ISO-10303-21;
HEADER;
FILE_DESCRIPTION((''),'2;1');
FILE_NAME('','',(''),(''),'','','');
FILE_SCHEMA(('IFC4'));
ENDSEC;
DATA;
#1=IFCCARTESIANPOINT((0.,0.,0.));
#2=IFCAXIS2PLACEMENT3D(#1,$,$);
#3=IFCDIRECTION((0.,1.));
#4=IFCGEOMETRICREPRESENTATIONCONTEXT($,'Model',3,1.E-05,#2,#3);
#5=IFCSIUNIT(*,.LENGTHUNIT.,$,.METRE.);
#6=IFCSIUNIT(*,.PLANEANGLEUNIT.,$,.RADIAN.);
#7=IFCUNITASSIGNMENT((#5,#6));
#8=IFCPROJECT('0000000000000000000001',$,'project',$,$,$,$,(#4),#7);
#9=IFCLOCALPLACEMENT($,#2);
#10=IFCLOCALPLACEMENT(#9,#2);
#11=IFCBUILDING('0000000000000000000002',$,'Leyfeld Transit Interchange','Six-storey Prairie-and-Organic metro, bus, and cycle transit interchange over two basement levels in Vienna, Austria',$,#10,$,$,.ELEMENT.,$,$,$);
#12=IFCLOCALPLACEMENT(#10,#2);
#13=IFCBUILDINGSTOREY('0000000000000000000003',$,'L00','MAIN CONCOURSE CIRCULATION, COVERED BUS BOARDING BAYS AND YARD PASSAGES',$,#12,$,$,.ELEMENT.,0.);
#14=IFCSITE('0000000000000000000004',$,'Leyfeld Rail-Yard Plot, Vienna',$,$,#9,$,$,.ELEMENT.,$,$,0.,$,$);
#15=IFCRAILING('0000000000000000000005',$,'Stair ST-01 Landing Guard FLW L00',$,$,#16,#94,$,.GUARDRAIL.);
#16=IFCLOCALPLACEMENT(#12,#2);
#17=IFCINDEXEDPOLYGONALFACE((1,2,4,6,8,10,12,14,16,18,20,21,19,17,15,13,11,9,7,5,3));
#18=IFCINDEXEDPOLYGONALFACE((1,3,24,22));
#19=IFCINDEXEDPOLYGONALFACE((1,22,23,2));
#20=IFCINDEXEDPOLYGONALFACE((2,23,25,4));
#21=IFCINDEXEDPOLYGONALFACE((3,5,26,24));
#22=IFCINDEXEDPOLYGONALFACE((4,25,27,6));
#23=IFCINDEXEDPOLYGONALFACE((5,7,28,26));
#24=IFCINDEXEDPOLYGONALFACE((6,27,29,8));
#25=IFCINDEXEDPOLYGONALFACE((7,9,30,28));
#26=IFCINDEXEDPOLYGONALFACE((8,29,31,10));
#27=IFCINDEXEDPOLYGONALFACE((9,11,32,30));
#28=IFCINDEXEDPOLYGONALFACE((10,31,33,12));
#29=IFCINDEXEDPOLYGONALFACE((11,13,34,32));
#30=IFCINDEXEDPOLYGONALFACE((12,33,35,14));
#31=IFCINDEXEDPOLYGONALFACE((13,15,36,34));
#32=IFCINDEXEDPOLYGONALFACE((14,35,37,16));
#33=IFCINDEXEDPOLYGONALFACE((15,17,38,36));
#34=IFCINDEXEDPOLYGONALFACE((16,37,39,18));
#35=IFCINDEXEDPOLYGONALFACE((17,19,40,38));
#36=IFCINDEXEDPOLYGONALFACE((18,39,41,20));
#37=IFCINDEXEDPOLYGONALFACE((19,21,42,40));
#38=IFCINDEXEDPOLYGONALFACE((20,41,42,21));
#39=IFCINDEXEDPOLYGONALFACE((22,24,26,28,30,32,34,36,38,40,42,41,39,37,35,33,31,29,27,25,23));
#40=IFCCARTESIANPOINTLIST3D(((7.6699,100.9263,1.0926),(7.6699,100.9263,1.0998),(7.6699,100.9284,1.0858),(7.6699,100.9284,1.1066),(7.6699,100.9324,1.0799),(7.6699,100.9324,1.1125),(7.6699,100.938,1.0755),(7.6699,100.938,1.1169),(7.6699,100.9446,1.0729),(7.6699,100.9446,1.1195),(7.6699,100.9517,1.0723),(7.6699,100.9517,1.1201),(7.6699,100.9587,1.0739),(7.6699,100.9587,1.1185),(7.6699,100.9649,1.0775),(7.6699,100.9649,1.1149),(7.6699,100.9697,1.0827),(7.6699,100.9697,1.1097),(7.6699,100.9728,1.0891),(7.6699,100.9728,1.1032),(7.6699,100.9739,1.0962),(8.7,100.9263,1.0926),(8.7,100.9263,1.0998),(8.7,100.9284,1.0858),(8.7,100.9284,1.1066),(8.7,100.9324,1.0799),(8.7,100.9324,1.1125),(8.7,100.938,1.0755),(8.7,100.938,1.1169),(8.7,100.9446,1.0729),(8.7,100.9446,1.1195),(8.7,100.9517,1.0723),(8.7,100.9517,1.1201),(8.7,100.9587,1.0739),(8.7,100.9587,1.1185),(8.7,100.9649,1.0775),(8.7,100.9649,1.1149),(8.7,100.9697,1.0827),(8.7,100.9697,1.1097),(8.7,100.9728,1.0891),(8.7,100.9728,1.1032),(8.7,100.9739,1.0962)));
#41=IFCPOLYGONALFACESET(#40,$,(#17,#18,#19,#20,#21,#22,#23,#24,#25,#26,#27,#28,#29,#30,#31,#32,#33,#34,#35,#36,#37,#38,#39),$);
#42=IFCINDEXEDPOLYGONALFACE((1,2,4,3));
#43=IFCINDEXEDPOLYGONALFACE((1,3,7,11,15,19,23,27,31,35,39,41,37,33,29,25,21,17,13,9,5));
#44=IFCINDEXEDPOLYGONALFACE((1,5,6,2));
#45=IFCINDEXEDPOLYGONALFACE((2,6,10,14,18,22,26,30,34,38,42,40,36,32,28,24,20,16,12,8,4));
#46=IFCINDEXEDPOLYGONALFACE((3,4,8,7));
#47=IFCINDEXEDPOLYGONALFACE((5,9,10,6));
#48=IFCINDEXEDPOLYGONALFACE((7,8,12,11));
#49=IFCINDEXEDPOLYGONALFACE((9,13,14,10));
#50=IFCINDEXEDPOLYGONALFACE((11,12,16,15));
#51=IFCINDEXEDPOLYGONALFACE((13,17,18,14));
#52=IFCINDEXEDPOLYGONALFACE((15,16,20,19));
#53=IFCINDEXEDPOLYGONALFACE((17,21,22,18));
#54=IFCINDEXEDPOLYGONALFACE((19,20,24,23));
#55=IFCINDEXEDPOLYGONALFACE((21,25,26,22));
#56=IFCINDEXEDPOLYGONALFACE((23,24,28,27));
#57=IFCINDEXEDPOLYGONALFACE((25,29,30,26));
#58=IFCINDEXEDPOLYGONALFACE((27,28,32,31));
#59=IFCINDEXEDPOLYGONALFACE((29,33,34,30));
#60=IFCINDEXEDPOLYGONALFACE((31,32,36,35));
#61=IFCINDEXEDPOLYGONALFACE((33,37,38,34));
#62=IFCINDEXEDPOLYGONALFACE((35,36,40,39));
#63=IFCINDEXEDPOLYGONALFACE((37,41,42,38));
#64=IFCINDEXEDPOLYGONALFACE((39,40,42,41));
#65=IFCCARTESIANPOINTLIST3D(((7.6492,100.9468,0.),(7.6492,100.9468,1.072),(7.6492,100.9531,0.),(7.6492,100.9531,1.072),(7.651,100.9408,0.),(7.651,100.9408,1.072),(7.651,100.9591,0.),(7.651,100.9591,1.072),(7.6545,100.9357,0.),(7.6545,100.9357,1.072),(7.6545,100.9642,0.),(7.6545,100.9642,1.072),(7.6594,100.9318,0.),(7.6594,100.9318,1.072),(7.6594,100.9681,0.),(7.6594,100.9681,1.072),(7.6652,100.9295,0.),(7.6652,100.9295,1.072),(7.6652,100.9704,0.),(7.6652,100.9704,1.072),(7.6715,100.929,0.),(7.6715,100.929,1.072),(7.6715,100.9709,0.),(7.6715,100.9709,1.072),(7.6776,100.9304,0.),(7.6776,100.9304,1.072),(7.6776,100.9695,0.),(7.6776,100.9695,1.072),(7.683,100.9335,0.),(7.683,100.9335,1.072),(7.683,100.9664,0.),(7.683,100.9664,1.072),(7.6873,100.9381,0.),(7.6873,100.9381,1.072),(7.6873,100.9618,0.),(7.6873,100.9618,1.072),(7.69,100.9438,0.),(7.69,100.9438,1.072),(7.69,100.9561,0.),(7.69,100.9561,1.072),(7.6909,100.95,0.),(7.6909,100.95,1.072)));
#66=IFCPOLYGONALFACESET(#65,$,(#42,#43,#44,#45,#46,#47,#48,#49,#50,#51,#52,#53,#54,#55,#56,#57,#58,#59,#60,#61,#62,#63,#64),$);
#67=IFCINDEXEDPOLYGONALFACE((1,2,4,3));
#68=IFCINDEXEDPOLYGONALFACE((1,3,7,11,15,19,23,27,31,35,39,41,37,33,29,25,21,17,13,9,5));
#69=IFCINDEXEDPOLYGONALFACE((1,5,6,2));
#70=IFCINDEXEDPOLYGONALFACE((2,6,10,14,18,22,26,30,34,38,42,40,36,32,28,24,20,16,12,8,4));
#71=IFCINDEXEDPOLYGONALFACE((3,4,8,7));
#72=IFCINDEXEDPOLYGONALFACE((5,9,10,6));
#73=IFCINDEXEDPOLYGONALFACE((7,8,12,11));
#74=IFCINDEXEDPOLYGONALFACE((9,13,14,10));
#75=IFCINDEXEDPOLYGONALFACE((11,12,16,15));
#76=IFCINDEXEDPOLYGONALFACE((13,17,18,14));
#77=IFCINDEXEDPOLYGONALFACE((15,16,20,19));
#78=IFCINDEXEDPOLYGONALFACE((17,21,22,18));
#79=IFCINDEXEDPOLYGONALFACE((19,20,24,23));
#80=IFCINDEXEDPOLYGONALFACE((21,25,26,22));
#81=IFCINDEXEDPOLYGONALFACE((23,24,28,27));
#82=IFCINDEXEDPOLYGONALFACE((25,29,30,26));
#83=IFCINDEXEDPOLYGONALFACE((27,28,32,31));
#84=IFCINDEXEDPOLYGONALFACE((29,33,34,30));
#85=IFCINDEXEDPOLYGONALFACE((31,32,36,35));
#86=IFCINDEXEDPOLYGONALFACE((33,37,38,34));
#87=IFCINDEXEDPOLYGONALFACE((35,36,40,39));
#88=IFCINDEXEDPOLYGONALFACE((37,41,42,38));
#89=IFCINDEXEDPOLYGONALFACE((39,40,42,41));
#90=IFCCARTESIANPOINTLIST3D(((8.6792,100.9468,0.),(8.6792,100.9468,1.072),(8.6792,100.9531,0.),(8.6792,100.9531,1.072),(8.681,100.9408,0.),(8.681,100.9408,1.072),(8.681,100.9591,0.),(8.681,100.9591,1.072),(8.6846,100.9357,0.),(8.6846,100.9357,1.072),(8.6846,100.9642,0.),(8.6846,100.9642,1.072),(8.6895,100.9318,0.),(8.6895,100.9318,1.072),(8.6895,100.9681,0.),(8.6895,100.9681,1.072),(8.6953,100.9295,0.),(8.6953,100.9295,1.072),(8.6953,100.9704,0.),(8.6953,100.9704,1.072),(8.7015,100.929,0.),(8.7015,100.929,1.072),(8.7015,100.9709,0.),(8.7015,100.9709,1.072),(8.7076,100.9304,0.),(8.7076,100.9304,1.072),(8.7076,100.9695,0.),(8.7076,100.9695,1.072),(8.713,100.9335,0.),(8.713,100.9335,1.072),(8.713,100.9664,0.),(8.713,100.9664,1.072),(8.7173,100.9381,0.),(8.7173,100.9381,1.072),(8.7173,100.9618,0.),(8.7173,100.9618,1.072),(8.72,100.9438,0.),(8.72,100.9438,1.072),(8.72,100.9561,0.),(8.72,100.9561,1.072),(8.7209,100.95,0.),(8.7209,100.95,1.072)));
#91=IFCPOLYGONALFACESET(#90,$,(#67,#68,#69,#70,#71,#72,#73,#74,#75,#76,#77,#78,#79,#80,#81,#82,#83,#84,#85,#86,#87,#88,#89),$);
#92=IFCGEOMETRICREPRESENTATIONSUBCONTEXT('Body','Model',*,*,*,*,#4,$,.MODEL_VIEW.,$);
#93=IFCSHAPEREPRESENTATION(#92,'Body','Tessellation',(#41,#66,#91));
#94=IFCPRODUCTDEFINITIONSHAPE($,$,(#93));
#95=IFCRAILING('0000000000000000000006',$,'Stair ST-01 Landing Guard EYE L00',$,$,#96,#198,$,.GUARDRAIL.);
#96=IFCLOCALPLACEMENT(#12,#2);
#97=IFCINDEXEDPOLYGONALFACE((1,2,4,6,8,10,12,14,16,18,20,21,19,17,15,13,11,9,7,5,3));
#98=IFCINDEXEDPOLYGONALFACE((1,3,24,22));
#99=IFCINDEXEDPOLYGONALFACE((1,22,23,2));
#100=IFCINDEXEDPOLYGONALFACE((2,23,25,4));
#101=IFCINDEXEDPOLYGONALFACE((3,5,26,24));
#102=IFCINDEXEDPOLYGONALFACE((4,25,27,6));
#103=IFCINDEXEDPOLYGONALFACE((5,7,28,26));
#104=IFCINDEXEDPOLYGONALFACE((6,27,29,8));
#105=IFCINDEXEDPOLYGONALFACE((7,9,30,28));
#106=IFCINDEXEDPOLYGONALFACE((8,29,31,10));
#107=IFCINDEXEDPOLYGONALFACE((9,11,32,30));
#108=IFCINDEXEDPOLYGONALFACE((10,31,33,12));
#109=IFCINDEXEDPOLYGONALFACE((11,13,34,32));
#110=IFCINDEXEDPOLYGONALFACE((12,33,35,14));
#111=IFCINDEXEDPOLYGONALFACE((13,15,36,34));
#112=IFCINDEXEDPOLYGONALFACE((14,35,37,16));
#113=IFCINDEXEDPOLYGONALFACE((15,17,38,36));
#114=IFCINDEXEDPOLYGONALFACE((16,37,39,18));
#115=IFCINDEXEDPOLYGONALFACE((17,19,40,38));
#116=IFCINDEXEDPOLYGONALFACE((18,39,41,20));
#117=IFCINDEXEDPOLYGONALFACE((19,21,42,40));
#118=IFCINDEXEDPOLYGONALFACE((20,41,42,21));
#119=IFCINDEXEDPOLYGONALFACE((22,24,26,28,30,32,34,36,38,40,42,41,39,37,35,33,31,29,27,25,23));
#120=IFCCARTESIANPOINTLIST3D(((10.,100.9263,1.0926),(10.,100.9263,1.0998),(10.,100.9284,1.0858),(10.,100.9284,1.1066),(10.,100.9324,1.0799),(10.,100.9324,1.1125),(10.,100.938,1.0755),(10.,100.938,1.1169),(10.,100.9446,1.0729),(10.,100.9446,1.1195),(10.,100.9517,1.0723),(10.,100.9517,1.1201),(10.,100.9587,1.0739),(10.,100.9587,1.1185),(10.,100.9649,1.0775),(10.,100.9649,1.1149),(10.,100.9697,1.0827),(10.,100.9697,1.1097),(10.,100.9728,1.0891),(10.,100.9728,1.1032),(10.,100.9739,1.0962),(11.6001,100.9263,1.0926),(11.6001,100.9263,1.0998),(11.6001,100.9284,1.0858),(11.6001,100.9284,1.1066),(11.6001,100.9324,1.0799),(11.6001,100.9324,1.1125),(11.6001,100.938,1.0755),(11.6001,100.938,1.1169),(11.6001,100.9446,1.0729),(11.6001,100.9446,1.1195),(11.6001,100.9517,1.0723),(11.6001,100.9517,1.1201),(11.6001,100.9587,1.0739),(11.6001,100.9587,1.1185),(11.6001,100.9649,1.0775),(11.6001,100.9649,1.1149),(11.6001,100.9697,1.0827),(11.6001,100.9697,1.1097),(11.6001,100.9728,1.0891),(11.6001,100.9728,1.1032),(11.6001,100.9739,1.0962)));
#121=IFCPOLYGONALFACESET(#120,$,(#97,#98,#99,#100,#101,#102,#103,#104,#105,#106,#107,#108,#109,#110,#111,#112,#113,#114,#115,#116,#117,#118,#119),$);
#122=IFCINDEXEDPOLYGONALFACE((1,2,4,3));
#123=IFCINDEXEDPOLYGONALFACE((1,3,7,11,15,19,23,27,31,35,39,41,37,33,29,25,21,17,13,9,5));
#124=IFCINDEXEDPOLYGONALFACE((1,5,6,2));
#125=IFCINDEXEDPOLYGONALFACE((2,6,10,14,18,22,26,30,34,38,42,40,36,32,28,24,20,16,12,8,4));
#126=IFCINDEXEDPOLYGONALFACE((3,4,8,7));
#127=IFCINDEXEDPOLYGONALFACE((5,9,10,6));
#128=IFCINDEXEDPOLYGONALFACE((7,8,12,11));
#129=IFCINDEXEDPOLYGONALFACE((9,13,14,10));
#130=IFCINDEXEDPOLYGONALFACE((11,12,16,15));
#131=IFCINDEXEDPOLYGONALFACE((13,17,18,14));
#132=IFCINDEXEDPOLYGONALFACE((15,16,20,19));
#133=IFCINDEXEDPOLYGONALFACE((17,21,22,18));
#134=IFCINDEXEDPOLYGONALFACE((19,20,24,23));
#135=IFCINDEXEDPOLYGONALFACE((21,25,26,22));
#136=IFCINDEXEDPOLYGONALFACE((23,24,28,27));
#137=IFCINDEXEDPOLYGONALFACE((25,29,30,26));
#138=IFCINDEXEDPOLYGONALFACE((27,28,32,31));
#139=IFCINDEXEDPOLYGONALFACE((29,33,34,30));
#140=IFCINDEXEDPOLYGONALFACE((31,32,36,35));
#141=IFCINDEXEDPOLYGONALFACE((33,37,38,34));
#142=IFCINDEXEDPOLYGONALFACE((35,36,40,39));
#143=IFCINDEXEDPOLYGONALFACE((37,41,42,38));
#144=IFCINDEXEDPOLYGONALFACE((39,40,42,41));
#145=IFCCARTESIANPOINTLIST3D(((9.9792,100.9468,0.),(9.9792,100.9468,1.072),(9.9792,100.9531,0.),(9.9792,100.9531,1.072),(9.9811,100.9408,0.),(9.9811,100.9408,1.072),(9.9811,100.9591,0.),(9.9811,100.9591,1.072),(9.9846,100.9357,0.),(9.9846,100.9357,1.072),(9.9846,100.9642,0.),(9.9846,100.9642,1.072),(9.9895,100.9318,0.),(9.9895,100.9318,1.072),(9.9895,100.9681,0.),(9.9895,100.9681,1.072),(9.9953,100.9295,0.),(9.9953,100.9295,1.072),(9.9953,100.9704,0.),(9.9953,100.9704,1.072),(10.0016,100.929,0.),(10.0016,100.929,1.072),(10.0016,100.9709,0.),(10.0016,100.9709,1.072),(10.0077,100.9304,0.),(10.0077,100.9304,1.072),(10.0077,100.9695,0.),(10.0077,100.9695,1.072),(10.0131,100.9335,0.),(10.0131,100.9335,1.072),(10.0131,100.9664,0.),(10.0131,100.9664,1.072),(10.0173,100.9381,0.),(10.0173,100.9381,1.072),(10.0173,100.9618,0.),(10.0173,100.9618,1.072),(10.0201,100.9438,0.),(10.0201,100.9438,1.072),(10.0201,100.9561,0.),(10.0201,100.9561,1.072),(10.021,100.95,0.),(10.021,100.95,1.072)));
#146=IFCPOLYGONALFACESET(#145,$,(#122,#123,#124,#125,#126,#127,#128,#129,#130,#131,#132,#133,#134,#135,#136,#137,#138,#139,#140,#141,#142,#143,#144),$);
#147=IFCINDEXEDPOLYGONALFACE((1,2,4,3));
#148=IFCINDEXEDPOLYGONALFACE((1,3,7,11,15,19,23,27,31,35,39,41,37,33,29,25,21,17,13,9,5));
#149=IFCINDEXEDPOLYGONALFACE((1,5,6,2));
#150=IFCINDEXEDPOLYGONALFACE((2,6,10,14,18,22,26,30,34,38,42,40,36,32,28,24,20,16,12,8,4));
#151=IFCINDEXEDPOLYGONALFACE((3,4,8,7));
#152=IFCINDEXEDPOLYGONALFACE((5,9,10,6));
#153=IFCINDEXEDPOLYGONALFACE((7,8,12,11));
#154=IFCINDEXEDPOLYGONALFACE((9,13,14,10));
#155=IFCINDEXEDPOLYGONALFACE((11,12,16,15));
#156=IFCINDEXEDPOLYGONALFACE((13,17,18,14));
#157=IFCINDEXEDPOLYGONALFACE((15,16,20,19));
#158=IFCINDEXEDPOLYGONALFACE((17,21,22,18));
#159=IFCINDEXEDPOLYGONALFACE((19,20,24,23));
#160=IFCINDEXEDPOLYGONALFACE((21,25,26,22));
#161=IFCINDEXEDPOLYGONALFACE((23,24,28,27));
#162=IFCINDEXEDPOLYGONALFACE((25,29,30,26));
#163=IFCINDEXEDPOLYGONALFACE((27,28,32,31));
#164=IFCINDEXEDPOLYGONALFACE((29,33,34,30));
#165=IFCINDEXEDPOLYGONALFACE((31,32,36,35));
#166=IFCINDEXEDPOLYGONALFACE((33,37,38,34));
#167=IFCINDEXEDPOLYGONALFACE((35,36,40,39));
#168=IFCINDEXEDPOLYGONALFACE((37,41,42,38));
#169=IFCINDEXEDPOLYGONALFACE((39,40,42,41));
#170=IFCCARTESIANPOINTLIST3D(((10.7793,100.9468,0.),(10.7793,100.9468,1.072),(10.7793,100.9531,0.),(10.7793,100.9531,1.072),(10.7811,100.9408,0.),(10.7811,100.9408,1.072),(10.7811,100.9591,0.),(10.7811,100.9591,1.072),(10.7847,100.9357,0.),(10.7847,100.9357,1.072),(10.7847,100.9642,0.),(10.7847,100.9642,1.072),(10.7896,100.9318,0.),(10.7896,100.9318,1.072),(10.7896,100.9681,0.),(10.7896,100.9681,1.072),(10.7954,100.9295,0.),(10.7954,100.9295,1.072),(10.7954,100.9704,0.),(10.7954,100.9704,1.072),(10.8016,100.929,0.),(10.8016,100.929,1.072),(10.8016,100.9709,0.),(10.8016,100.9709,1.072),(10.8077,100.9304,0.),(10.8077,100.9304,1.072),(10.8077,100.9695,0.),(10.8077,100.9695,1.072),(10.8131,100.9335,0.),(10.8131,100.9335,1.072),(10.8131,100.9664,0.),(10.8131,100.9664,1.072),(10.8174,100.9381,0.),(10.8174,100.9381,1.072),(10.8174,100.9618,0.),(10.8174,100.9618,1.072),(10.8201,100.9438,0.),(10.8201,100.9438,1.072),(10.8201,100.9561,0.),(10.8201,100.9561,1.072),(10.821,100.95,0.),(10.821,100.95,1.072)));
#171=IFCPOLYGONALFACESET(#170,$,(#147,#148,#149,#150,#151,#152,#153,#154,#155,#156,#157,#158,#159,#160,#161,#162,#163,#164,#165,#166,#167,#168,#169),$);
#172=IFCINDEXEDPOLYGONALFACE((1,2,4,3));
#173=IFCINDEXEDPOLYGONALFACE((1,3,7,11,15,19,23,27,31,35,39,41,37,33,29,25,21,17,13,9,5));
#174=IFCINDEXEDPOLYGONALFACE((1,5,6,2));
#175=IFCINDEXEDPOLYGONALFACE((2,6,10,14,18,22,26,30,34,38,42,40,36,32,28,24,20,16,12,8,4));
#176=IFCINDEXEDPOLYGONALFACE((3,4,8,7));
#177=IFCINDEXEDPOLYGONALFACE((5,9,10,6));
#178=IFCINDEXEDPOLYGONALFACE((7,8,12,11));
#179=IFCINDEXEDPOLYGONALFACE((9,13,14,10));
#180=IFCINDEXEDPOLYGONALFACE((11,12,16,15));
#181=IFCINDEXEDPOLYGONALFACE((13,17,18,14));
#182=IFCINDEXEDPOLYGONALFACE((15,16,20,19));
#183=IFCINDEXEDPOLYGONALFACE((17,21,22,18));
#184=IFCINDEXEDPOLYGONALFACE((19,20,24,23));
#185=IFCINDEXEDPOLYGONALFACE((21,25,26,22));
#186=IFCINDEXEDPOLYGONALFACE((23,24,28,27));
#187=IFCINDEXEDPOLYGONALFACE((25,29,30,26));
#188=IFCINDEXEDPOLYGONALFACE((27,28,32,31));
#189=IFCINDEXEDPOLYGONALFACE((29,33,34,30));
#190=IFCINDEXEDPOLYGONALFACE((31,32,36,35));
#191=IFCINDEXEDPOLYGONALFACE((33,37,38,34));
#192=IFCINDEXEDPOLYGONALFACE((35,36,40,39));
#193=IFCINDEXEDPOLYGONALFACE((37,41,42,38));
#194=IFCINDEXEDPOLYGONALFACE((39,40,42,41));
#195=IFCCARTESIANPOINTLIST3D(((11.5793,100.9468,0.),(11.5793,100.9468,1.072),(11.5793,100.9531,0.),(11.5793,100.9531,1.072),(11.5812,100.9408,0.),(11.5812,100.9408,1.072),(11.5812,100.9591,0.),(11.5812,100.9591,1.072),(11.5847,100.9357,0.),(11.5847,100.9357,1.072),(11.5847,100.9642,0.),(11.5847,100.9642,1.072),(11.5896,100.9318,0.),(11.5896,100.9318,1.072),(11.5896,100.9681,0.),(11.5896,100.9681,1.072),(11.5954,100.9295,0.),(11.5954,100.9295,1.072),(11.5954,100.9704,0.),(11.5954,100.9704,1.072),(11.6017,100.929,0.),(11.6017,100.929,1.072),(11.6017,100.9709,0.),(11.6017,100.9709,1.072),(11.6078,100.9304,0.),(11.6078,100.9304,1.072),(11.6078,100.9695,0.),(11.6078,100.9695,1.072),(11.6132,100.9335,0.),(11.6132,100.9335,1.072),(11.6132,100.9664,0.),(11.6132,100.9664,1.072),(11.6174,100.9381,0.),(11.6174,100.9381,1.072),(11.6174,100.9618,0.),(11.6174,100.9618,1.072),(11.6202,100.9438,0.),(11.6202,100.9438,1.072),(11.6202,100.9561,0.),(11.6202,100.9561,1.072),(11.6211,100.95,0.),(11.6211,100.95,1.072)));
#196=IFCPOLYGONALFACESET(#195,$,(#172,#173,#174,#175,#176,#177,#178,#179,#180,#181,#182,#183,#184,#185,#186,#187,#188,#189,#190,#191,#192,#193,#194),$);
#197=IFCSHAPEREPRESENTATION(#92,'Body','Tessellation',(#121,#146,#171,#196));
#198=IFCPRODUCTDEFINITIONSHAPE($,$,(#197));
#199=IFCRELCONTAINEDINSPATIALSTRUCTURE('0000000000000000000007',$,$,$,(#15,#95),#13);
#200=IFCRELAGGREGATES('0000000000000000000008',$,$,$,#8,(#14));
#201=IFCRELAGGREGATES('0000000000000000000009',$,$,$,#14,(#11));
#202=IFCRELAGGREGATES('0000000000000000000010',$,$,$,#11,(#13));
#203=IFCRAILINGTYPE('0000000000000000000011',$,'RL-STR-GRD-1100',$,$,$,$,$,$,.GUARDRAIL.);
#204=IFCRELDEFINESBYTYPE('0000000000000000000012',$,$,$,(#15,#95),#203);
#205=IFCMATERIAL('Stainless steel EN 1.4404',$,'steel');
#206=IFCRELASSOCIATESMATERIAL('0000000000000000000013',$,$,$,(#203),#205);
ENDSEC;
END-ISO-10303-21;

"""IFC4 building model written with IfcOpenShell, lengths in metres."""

from ifc_helpers import new_model, si_unit, direction, frame, origin, origin_2d, place, context, subcontext, project, spatial, circle, extrude, material, type_object, element, save


model = new_model("IFC4")

# Units and contexts
model_context = context("Model", 3, precision=1e-05, world=origin(), true_north=direction((0.0, 1.0)))
body_context = subcontext(model_context, "Body", "Model", "MODEL_VIEW")
ifc_project = project(units=[si_unit("LENGTHUNIT", "METRE"), si_unit("PLANEANGLEUNIT", "RADIAN")], contexts=[model_context])

# Site, building, storey
site_placement = place(None, origin())
site = spatial("IfcSite", under=ifc_project, at=site_placement, Name="Leyfeld Rail-Yard Plot, Vienna", CompositionType="ELEMENT", RefElevation=0.0)
building_placement = place(site_placement, origin())
building = spatial("IfcBuilding", under=site, at=building_placement, Name="Leyfeld Transit Interchange", Description="Six-storey Prairie-and-Organic metro, bus, and cycle transit interchange over two basement levels in Vienna, Austria", CompositionType="ELEMENT")
storey_placement = place(building_placement, origin())
storey = spatial("IfcBuildingStorey", under=building, at=storey_placement, Name="L00", Description="MAIN CONCOURSE CIRCULATION, COVERED BUS BOARDING BAYS AND YARD PASSAGES", CompositionType="ELEMENT", Elevation=0.0)

# Shared definitions
ifc_material_1 = material(Name="Stainless steel EN 1.4404", Category="steel")

# Railings
railing_type_1 = type_object("IfcRailingType", Name="RL-STR-GRD-1100", PredefinedType="GUARDRAIL", material=ifc_material_1)
railing_1_placement = place(storey_placement, frame((7.6699, 100.95, 0.0)))
element("IfcRailing", 1, at=railing_1_placement, inside=storey, type_object=railing_type_1, Name="Stair ST-01 Landing Guard FLW L00", PredefinedType="GUARDRAIL", context=body_context, shape_type="SweptSolid", body=[
    extrude(circle(Radius=0.0239, at=origin_2d()), frame((0.0, 0.0, 1.0962), z_axis=(1.0, 0.0, 0.0), x_axis=(0.0, 1.0, 0.0)), (0.0, 0.0, 1.0), 1.03),
    extrude(circle(Radius=0.021, at=origin_2d()), origin(), (0.0, 0.0, 1.0), 1.072),
    extrude(circle(Radius=0.021, at=origin_2d()), frame((1.03, 0.0, 0.0)), (0.0, 0.0, 1.0), 1.072),
])
railing_2_placement = place(storey_placement, frame((10.0, 100.95, 0.0)))
element("IfcRailing", 2, at=railing_2_placement, inside=storey, type_object=railing_type_1, Name="Stair ST-01 Landing Guard EYE L00", PredefinedType="GUARDRAIL", context=body_context, shape_type="SweptSolid", body=[
    extrude(circle(Radius=0.0239, at=origin_2d()), frame((0.0, 0.0, 1.0962), z_axis=(1.0, 0.0, 0.0), x_axis=(0.0, 1.0, 0.0)), (0.0, 0.0, 1.0), 1.6001),
    extrude(circle(Radius=0.021, at=origin_2d()), origin(), (0.0, 0.0, 1.0), 1.072),
    extrude(circle(Radius=0.021, at=origin_2d()), frame((0.8, 0.0, 0.0)), (0.0, 0.0, 1.0), 1.072),
    extrude(circle(Radius=0.021, at=origin_2d()), frame((1.6001, 0.0, 0.0)), (0.0, 0.0, 1.0), 1.072),
])

save(model, "model.ifc")
